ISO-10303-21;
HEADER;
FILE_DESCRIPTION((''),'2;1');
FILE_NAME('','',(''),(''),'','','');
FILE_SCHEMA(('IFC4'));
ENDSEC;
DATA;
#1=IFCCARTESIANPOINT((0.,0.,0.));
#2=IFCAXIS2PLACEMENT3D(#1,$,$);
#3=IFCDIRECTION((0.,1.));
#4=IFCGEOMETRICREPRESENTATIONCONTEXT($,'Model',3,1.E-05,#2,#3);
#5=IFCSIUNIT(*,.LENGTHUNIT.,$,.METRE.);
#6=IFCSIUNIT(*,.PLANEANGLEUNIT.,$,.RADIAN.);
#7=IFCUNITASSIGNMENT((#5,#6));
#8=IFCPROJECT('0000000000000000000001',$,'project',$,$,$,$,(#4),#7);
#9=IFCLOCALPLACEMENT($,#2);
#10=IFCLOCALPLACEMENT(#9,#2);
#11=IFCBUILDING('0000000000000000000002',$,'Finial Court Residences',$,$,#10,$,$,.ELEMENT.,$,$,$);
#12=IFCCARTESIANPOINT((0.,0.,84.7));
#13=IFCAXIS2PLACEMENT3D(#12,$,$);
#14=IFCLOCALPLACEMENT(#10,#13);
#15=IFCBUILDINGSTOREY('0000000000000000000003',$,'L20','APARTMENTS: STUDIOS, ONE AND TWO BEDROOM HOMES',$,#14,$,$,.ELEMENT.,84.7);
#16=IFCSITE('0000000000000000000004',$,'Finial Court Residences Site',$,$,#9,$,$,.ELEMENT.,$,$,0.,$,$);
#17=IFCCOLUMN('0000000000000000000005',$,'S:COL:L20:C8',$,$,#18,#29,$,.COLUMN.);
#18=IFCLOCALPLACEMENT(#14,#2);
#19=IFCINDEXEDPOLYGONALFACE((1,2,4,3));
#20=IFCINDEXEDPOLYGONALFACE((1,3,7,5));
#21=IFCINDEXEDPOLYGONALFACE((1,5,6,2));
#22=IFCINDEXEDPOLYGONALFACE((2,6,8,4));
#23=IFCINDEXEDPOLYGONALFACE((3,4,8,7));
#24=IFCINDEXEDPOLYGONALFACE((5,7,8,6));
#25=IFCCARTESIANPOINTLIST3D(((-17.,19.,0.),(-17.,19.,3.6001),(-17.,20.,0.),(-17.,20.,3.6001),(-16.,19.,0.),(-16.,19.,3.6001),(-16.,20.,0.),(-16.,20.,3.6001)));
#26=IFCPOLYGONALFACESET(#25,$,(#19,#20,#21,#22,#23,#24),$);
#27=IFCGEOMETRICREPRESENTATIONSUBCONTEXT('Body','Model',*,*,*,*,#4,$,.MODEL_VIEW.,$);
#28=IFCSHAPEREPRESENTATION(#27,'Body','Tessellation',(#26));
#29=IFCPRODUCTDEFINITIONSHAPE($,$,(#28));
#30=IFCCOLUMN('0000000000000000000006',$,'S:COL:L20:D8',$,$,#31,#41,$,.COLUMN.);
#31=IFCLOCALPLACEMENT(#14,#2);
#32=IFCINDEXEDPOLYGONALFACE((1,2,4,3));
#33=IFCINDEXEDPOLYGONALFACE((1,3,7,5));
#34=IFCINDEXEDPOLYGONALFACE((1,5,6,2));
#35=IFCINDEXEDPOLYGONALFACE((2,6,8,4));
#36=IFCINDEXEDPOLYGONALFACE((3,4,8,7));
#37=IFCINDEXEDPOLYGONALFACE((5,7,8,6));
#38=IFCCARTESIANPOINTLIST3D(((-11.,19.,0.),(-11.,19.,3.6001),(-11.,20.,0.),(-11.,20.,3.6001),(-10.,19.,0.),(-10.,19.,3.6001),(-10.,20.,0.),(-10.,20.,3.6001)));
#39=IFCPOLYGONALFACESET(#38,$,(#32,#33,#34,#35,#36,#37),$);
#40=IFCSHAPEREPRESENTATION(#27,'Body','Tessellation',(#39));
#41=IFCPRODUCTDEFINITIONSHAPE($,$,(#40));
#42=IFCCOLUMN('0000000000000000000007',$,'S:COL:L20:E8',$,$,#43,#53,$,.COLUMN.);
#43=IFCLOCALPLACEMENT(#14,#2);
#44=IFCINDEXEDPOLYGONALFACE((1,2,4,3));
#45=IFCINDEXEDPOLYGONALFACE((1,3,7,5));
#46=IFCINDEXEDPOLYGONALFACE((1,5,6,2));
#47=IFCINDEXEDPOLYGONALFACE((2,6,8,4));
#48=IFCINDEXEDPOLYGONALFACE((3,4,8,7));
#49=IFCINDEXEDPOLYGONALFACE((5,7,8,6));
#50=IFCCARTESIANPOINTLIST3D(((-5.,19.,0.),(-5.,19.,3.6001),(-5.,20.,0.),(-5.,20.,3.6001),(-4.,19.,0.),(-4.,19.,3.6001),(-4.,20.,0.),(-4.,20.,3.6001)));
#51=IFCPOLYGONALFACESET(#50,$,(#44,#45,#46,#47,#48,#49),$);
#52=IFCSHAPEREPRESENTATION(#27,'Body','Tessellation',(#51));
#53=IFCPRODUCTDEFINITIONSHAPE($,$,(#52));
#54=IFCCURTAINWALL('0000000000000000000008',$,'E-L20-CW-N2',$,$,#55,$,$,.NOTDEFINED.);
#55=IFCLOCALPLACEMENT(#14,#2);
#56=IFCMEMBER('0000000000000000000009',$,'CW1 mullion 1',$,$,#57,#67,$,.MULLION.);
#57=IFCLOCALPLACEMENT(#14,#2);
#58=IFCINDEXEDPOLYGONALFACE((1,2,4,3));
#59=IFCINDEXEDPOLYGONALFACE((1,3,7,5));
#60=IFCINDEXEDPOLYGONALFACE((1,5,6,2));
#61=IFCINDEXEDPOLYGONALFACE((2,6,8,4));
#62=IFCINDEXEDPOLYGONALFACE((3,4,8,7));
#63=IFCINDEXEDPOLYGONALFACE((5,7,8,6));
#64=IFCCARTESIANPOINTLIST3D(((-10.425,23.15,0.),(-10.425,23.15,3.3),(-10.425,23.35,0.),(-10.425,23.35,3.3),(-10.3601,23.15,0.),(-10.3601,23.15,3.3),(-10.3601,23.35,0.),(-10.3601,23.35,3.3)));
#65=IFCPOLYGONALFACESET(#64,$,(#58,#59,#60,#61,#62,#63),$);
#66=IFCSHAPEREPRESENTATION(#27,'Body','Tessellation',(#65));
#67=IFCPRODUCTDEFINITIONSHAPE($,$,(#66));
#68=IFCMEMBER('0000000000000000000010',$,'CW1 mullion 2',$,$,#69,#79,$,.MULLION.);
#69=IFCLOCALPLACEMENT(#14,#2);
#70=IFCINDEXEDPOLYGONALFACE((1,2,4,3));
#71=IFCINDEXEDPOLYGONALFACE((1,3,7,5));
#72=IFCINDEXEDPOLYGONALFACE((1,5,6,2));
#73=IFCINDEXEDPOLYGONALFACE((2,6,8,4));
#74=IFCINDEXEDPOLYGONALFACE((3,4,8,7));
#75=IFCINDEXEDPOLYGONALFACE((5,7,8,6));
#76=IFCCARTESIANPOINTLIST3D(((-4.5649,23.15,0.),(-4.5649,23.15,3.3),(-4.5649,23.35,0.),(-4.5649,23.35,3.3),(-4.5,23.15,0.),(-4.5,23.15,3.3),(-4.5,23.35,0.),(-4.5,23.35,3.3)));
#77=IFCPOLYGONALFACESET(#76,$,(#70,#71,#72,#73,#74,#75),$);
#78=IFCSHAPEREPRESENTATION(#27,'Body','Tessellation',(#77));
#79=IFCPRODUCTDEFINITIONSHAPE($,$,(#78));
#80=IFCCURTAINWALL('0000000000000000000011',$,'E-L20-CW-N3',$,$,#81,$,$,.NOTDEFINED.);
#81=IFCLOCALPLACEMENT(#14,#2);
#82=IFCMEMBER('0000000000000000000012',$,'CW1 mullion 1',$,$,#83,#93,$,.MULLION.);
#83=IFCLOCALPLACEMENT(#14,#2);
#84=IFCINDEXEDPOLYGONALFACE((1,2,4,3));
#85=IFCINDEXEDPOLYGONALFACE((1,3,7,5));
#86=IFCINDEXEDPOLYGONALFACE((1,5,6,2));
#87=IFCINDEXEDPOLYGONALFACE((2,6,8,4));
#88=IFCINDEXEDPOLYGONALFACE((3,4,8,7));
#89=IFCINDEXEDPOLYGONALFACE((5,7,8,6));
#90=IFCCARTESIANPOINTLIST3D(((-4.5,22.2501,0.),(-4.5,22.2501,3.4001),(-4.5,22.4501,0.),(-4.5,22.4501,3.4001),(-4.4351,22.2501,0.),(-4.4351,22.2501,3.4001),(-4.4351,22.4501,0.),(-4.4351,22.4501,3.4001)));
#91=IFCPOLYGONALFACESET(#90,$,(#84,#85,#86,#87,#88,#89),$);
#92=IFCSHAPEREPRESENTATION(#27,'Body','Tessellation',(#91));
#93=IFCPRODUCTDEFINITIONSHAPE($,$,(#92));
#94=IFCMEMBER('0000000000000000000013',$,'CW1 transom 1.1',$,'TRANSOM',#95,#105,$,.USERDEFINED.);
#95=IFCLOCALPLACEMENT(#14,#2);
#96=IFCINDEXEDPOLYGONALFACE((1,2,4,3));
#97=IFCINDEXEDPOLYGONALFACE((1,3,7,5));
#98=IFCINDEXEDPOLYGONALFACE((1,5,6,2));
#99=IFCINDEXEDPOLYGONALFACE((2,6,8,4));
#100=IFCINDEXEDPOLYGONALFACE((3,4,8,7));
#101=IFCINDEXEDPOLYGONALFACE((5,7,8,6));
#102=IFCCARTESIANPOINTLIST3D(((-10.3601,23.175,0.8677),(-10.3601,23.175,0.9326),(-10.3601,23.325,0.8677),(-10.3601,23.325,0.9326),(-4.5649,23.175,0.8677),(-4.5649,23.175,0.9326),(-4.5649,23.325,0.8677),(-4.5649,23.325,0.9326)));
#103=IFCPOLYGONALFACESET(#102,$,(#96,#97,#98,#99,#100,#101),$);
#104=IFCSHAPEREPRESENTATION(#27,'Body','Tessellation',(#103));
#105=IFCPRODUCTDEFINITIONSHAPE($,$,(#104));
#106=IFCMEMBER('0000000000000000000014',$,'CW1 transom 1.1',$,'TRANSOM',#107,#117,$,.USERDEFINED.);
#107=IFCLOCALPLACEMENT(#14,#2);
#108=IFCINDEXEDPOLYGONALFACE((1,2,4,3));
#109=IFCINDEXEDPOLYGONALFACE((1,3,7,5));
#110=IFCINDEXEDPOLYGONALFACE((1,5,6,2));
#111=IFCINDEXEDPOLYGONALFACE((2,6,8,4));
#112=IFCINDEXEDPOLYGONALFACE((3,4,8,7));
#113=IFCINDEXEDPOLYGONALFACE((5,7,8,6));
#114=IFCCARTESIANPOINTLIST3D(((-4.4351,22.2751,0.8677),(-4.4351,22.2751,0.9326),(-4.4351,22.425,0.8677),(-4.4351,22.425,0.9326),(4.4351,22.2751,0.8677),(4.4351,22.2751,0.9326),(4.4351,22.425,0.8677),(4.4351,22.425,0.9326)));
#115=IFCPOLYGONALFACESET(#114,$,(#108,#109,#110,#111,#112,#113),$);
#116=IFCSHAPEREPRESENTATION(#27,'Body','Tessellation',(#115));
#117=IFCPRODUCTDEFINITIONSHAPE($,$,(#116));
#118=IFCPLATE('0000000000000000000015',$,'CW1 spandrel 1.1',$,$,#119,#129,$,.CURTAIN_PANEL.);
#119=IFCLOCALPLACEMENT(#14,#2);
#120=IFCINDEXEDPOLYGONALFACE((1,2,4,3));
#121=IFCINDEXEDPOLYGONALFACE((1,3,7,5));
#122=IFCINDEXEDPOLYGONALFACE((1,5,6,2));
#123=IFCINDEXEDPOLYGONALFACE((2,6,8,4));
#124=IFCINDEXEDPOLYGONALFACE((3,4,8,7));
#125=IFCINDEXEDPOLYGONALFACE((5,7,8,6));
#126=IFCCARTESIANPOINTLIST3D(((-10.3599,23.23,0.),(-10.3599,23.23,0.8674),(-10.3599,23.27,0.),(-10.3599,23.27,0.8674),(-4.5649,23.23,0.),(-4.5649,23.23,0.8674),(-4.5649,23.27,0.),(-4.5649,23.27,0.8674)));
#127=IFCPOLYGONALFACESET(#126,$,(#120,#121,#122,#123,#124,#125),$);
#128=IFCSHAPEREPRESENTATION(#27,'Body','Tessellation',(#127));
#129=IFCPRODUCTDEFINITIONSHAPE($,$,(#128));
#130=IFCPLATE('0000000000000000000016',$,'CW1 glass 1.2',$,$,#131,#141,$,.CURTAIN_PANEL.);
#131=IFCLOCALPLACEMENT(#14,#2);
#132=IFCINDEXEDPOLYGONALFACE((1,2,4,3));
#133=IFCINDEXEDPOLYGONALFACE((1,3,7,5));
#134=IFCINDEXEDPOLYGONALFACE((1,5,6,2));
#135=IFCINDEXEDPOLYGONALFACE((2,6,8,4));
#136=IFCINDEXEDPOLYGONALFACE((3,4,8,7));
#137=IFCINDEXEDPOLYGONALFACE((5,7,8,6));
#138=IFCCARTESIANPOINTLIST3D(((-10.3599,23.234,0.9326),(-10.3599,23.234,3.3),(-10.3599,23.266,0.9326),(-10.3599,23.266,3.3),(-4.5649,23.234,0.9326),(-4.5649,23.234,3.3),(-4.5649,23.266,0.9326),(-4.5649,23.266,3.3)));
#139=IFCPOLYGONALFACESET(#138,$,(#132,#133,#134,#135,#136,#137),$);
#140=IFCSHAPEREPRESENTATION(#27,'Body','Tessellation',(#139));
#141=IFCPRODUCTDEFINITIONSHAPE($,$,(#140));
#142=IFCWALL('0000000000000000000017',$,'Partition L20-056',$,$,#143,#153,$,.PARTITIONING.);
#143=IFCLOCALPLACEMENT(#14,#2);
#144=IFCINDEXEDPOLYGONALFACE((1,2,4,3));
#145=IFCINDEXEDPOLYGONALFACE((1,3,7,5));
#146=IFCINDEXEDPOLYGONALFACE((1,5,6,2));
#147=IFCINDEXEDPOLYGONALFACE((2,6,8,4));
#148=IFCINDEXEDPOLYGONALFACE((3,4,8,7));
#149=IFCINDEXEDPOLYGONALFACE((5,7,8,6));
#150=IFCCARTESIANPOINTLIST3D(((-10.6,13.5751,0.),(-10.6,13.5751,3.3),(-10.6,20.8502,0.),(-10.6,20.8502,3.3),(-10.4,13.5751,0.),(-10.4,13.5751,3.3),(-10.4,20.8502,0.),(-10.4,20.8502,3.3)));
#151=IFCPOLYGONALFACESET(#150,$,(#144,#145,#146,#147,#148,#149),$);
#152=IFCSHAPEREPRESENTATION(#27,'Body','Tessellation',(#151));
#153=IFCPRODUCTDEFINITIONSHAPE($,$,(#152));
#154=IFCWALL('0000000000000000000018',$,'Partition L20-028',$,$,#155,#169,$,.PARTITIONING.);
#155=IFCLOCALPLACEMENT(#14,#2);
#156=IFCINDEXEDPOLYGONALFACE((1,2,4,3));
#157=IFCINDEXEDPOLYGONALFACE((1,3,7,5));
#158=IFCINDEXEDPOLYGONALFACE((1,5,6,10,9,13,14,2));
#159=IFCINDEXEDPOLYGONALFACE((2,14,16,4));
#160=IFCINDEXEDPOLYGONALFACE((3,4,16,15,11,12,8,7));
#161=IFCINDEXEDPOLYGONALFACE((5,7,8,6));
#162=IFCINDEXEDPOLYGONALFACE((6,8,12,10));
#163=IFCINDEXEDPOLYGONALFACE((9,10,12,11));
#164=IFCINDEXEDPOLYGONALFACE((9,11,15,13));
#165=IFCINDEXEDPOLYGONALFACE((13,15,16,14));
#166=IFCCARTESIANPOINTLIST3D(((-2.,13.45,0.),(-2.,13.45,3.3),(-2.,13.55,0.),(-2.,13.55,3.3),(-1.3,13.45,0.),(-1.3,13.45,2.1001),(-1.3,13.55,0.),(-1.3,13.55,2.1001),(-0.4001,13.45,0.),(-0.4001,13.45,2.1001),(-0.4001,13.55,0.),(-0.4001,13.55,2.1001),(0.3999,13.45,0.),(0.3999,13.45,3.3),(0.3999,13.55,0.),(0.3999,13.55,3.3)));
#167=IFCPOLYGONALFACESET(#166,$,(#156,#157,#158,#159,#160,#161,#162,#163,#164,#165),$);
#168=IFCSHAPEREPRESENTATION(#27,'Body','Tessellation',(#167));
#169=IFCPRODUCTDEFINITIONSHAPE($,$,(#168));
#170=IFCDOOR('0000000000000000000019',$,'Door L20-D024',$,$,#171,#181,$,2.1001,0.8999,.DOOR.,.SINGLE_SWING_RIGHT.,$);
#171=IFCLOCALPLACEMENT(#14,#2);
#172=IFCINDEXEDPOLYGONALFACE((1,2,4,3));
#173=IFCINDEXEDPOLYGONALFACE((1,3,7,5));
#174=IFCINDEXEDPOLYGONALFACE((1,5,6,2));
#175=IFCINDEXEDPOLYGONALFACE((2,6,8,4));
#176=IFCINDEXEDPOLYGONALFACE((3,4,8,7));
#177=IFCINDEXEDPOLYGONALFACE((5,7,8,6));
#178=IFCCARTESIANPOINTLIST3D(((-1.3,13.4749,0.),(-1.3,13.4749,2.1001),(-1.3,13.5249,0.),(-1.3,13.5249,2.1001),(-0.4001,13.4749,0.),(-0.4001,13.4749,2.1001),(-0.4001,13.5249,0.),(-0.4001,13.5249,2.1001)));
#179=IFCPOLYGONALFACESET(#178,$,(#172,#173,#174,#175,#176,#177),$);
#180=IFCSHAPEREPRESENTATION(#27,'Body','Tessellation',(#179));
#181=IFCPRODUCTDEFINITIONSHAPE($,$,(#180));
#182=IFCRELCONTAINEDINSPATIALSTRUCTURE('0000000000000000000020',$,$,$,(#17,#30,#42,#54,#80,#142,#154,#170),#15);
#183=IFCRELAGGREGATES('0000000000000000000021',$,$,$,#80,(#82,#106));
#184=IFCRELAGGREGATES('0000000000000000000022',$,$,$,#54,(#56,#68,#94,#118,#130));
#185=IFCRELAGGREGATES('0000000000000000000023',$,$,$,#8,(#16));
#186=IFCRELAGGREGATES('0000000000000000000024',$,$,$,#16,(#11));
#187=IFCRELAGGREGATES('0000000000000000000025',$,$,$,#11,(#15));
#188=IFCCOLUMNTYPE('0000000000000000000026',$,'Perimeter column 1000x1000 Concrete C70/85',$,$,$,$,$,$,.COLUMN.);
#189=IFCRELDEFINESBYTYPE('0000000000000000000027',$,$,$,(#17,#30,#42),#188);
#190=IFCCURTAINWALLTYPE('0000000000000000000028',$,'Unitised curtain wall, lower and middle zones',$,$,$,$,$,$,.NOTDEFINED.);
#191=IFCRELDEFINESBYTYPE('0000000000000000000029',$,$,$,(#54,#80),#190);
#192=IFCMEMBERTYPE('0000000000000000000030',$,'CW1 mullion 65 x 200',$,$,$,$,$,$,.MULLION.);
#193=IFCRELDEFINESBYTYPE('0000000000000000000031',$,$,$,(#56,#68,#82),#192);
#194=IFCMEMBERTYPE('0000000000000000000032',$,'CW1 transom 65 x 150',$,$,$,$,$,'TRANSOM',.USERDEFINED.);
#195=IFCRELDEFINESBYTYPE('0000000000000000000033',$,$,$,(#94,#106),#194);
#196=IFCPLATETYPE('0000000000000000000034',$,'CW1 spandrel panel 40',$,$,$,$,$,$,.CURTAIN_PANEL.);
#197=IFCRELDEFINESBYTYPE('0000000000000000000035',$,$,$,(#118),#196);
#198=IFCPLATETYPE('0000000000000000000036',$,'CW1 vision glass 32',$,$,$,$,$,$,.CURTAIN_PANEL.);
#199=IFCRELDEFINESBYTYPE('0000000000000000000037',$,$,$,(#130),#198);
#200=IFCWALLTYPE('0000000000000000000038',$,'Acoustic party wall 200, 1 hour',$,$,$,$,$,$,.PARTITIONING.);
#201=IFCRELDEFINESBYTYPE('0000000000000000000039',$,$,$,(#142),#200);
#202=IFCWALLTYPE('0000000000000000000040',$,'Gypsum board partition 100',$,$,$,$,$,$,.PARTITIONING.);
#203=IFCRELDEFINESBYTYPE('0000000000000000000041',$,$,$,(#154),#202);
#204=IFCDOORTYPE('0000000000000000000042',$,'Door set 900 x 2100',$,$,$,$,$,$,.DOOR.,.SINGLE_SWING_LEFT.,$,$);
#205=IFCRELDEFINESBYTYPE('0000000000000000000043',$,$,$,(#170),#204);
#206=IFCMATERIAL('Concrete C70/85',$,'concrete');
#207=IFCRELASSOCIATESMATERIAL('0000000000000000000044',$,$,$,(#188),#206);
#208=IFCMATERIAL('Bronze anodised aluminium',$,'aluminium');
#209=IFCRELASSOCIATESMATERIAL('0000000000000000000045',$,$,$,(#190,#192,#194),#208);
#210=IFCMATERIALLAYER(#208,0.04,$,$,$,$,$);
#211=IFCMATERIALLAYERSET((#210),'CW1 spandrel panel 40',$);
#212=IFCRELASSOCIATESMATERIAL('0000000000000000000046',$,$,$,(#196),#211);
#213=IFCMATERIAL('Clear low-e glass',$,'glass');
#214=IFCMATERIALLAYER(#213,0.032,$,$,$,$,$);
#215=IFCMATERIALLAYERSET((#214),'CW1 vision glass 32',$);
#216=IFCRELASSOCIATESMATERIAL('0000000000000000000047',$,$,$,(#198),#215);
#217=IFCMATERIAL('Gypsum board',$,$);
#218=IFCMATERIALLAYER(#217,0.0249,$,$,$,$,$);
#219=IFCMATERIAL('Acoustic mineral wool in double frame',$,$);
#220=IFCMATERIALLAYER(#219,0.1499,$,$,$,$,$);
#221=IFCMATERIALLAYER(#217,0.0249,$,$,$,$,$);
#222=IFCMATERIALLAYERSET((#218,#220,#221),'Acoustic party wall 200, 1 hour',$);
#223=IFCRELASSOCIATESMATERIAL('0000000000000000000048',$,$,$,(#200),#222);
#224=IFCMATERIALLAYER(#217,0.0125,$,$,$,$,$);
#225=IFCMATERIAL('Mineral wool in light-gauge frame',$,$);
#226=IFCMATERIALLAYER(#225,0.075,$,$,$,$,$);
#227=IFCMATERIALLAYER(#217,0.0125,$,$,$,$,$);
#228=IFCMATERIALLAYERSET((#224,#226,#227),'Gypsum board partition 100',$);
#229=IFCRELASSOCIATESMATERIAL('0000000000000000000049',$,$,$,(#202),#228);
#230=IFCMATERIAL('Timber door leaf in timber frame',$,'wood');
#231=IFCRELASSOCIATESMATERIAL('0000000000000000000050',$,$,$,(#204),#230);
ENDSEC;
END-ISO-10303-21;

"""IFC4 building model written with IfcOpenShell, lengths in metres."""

from ifc_helpers import new_model, si_unit, direction, frame, frame_2d, origin, origin_2d, place, context, subcontext, project, spatial, rectangle, extrude, material, layer, layer_set, material_profile, profile_set, type_object, element, fill, aggregate, save


model = new_model("IFC4")

# Units and contexts
model_context = context("Model", 3, precision=1e-05, world=origin(), true_north=direction((0.0, 1.0)))
body_context = subcontext(model_context, "Body", "Model", "MODEL_VIEW")
ifc_project = project(units=[si_unit("LENGTHUNIT", "METRE"), si_unit("PLANEANGLEUNIT", "RADIAN")], contexts=[model_context])

# Site, building, storey
site_placement = place(None, origin())
site = spatial("IfcSite", under=ifc_project, at=site_placement, Name="Finial Court Residences Site", CompositionType="ELEMENT", RefElevation=0.0)
building_placement = place(site_placement, origin())
building = spatial("IfcBuilding", under=site, at=building_placement, Name="Finial Court Residences", CompositionType="ELEMENT")
storey_placement = place(building_placement, frame((0.0, 0.0, 84.7)))
storey = spatial("IfcBuildingStorey", under=building, at=storey_placement, Name="L20", Description="APARTMENTS: STUDIOS, ONE AND TWO BEDROOM HOMES", CompositionType="ELEMENT", Elevation=84.7)

# Columns
ifc_material_1 = material(Name="Concrete C70/85", Category="concrete")
ifc_material_profile_1 = material_profile(ifc_material_1, rectangle(XDim=1.0, YDim=1.0, at=origin_2d()), Name="1000x1000")
ifc_profile_set_1 = profile_set([ifc_material_profile_1], Name="Concrete C70/85")
column_type = type_object("IfcColumnType", Name="Perimeter column 1000x1000 Concrete C70/85", PredefinedType="COLUMN", material=ifc_profile_set_1)
for number, where, z_axis, x_axis, name in (
    (1, (-16.5, 19.5, 0.0), (0.0, 0.0, 1.0), (1.0, 0.0, 0.0), "S:COL:L20:C8"),
    (2, (-10.5, 19.5, 0.0), (0.0, 0.0, 1.0), (1.0, 0.0, 0.0), "S:COL:L20:D8"),
    (3, (-4.5, 19.5, 0.0), (0.0, 0.0, 1.0), (1.0, 0.0, 0.0), "S:COL:L20:E8"),
):
    element("IfcColumn", number, at=place(storey_placement, frame(where, z_axis=z_axis, x_axis=x_axis)), inside=storey, type_object=column_type, Name=name, PredefinedType="COLUMN", context=body_context, shape_type="SweptSolid", body=[
        extrude(rectangle(XDim=1.0, YDim=1.0, at=origin_2d()), origin(), (0.0, 0.0, 1.0), 3.6001),
    ])

# Curtain wall, members
ifc_material_2 = material(Name="Bronze anodised aluminium", Category="aluminium")
curtain_wall_type = type_object("IfcCurtainWallType", Name="Unitised curtain wall, lower and middle zones", PredefinedType="NOTDEFINED", material=ifc_material_2)
curtain_wall_1_placement = place(storey_placement, origin())
curtain_wall_1 = element("IfcCurtainWall", 4, at=curtain_wall_1_placement, inside=storey, type_object=curtain_wall_type, Name="E-L20-CW-N2", PredefinedType="NOTDEFINED")
ifc_material_profile_2 = material_profile(ifc_material_2, rectangle(XDim=0.2, YDim=0.0649, at=origin_2d()), Name="CW1 mullion 65 x 200")
ifc_profile_set_2 = profile_set([ifc_material_profile_2], Name="Bronze anodised aluminium")
member_type_1 = type_object("IfcMemberType", Name="CW1 mullion 65 x 200", PredefinedType="MULLION", material=ifc_profile_set_2)
member_1_placement = place(storey_placement, frame((-10.3926, 23.25, 0.0), z_axis=(0.0, 0.0, 1.0), x_axis=(0.0, 1.0, 0.0)))
member_1 = element("IfcMember", 5, at=member_1_placement, type_object=member_type_1, Name="CW1 mullion 1", PredefinedType="MULLION", context=body_context, shape_type="SweptSolid", body=[
    extrude(rectangle(XDim=0.2, YDim=0.0649, at=origin_2d()), origin(), (0.0, 0.0, 1.0), 3.3),
])
member_2_placement = place(storey_placement, frame((-4.5325, 23.25, 0.0), z_axis=(0.0, 0.0, 1.0), x_axis=(0.0, 1.0, 0.0)))
member_2 = element("IfcMember", 6, at=member_2_placement, type_object=member_type_1, Name="CW1 mullion 2", PredefinedType="MULLION", context=body_context, shape_type="SweptSolid", body=[
    extrude(rectangle(XDim=0.2, YDim=0.0649, at=origin_2d()), origin(), (0.0, 0.0, 1.0), 3.3),
])

# Curtain wall, member
curtain_wall_2_placement = place(storey_placement, origin())
curtain_wall_2 = element("IfcCurtainWall", 7, at=curtain_wall_2_placement, inside=storey, type_object=curtain_wall_type, Name="E-L20-CW-N3", PredefinedType="NOTDEFINED")
member_3_placement = place(storey_placement, frame((-4.4675, 22.3501, 0.0), z_axis=(0.0, 0.0, 1.0), x_axis=(0.0, 1.0, 0.0)))
member_3 = element("IfcMember", 8, at=member_3_placement, type_object=member_type_1, Name="CW1 mullion 1", PredefinedType="MULLION", context=body_context, shape_type="SweptSolid", body=[
    extrude(rectangle(XDim=0.2, YDim=0.0649, at=origin_2d()), origin(), (0.0, 0.0, 1.0), 3.4001),
])

# Members
ifc_material_profile_3 = material_profile(ifc_material_2, rectangle(XDim=0.1499, YDim=0.0649, at=origin_2d()), Name="CW1 transom 65 x 150")
ifc_profile_set_3 = profile_set([ifc_material_profile_3], Name="Bronze anodised aluminium")
member_type_2 = type_object("IfcMemberType", Name="CW1 transom 65 x 150", ElementType="TRANSOM", PredefinedType="USERDEFINED", material=ifc_profile_set_3)
member_4_placement = place(storey_placement, frame((-10.3601, 23.25, 0.9001), z_axis=(1.0, 0.0, 0.0), x_axis=(0.0, 1.0, 0.0)))
member_4 = element("IfcMember", 9, at=member_4_placement, type_object=member_type_2, Name="CW1 transom 1.1", ObjectType="TRANSOM", PredefinedType="USERDEFINED", context=body_context, shape_type="SweptSolid", body=[
    extrude(rectangle(XDim=0.1499, YDim=0.0649, at=origin_2d()), origin(), (0.0, 0.0, 1.0), 5.7952),
])
member_5_placement = place(storey_placement, frame((-4.4351, 22.3501, 0.9001), z_axis=(1.0, 0.0, 0.0), x_axis=(0.0, 1.0, 0.0)))
member_5 = element("IfcMember", 10, at=member_5_placement, type_object=member_type_2, Name="CW1 transom 1.1", ObjectType="TRANSOM", PredefinedType="USERDEFINED", context=body_context, shape_type="SweptSolid", body=[
    extrude(rectangle(XDim=0.1499, YDim=0.0649, at=origin_2d()), origin(), (0.0, 0.0, 1.0), 8.8701),
])
aggregate(curtain_wall_2, [member_3, member_5])

# Plates
ifc_layer_1 = layer(ifc_material_2, 0.04)
ifc_layer_set_1 = layer_set([ifc_layer_1], Name="CW1 spandrel panel 40")
plate_type_1 = type_object("IfcPlateType", Name="CW1 spandrel panel 40", PredefinedType="CURTAIN_PANEL", material=ifc_layer_set_1)
plate_1_placement = place(storey_placement, frame((-7.4624, 23.25, 0.0), z_axis=(0.0, 0.0, 1.0), x_axis=(1.0, 0.0, 0.0)))
plate_1 = element("IfcPlate", 11, at=plate_1_placement, type_object=plate_type_1, Name="CW1 spandrel 1.1", PredefinedType="CURTAIN_PANEL", context=body_context, shape_type="SweptSolid", body=[
    extrude(rectangle(XDim=5.7949, YDim=0.04, at=origin_2d()), origin(), (0.0, 0.0, 1.0), 0.8674),
])
ifc_material_3 = material(Name="Clear low-e glass", Category="glass")
ifc_layer_2 = layer(ifc_material_3, 0.032)
ifc_layer_set_2 = layer_set([ifc_layer_2], Name="CW1 vision glass 32")
plate_type_2 = type_object("IfcPlateType", Name="CW1 vision glass 32", PredefinedType="CURTAIN_PANEL", material=ifc_layer_set_2)
plate_2_placement = place(storey_placement, frame((-7.4624, 23.25, 0.9326), z_axis=(0.0, 0.0, 1.0), x_axis=(1.0, 0.0, 0.0)))
plate_2 = element("IfcPlate", 12, at=plate_2_placement, type_object=plate_type_2, Name="CW1 glass 1.2", PredefinedType="CURTAIN_PANEL", context=body_context, shape_type="SweptSolid", body=[
    extrude(rectangle(XDim=5.7949, YDim=0.032, at=origin_2d()), origin(), (0.0, 0.0, 1.0), 2.3674),
])
aggregate(curtain_wall_1, [member_1, member_2, member_4, plate_1, plate_2])

# Wall
ifc_material_4 = material(Name="Gypsum board")
ifc_layer_3 = layer(ifc_material_4, 0.0249)
ifc_material_5 = material(Name="Acoustic mineral wool in double frame")
ifc_layer_4 = layer(ifc_material_5, 0.1499)
ifc_layer_5 = layer(ifc_material_4, 0.0249)
ifc_layer_set_3 = layer_set([ifc_layer_3, ifc_layer_4, ifc_layer_5], Name="Acoustic party wall 200, 1 hour")
wall_type_1 = type_object("IfcWallType", Name="Acoustic party wall 200, 1 hour", PredefinedType="PARTITIONING", material=ifc_layer_set_3)
wall_1_placement = place(storey_placement, frame((-10.5, 13.575, 0.0), z_axis=(0.0, 0.0, 1.0), x_axis=(0.0, 1.0, 0.0)))
element("IfcWall", 13, at=wall_1_placement, inside=storey, type_object=wall_type_1, Name="Partition L20-056", PredefinedType="PARTITIONING", context=body_context, shape_type="SweptSolid", body=[
    extrude(rectangle(XDim=7.2751, YDim=0.2, at=frame_2d((3.6377, 0.0))), origin(), (0.0, 0.0, 1.0), 3.3),
])

# Wall, opening, door
ifc_layer_6 = layer(ifc_material_4, 0.0125)
ifc_material_6 = material(Name="Mineral wool in light-gauge frame")
ifc_layer_7 = layer(ifc_material_6, 0.075)
ifc_layer_8 = layer(ifc_material_4, 0.0125)
ifc_layer_set_4 = layer_set([ifc_layer_6, ifc_layer_7, ifc_layer_8], Name="Gypsum board partition 100")
wall_type_2 = type_object("IfcWallType", Name="Gypsum board partition 100", PredefinedType="PARTITIONING", material=ifc_layer_set_4)
wall_2_placement = place(storey_placement, frame((-2.0, 13.5, 0.0), z_axis=(0.0, 0.0, 1.0), x_axis=(1.0, 0.0, 0.0)))
wall_2 = element("IfcWall", 14, at=wall_2_placement, inside=storey, type_object=wall_type_2, Name="Partition L20-028", PredefinedType="PARTITIONING", context=body_context, shape_type="SweptSolid", body=[
    extrude(rectangle(XDim=2.3999, YDim=0.1001, at=frame_2d((1.2, 0.0))), origin(), (0.0, 0.0, 1.0), 3.3),
])
opening_1_placement = place(wall_2_placement, frame((0.7, 0.0, 0.0)))
opening_1 = element("IfcOpeningElement", 15, at=opening_1_placement, cuts=wall_2, PredefinedType="OPENING", context=body_context, shape_type="SweptSolid", body=[
    extrude(rectangle(XDim=0.8999, YDim=2.1001, at=frame_2d((0.45, 1.05))), frame((0.0, 0.0601, 0.0), z_axis=(0.0, -1.0, 0.0), x_axis=(1.0, 0.0, 0.0)), (0.0, 0.0, 1.0), 0.1201),
])
ifc_material_7 = material(Name="Timber door leaf in timber frame", Category="wood")
door_type_1 = type_object("IfcDoorType", Name="Door set 900 x 2100", OperationType="SINGLE_SWING_LEFT", PredefinedType="DOOR", material=ifc_material_7)
door_1_placement = place(opening_1_placement, origin())
door_1 = element("IfcDoor", 16, at=door_1_placement, inside=storey, type_object=door_type_1, Name="Door L20-D024", OperationType="SINGLE_SWING_RIGHT", OverallHeight=2.1001, OverallWidth=0.8999, PredefinedType="DOOR", context=body_context, shape_type="SweptSolid", body=[
    extrude(rectangle(XDim=0.8999, YDim=2.1001, at=frame_2d((0.45, 1.05))), frame((0.0, 0.0249, 0.0), z_axis=(0.0, -1.0, 0.0), x_axis=(1.0, 0.0, 0.0)), (0.0, 0.0, 1.0), 0.05),
])
fill(opening_1, door_1)

save(model, "model.ifc")
